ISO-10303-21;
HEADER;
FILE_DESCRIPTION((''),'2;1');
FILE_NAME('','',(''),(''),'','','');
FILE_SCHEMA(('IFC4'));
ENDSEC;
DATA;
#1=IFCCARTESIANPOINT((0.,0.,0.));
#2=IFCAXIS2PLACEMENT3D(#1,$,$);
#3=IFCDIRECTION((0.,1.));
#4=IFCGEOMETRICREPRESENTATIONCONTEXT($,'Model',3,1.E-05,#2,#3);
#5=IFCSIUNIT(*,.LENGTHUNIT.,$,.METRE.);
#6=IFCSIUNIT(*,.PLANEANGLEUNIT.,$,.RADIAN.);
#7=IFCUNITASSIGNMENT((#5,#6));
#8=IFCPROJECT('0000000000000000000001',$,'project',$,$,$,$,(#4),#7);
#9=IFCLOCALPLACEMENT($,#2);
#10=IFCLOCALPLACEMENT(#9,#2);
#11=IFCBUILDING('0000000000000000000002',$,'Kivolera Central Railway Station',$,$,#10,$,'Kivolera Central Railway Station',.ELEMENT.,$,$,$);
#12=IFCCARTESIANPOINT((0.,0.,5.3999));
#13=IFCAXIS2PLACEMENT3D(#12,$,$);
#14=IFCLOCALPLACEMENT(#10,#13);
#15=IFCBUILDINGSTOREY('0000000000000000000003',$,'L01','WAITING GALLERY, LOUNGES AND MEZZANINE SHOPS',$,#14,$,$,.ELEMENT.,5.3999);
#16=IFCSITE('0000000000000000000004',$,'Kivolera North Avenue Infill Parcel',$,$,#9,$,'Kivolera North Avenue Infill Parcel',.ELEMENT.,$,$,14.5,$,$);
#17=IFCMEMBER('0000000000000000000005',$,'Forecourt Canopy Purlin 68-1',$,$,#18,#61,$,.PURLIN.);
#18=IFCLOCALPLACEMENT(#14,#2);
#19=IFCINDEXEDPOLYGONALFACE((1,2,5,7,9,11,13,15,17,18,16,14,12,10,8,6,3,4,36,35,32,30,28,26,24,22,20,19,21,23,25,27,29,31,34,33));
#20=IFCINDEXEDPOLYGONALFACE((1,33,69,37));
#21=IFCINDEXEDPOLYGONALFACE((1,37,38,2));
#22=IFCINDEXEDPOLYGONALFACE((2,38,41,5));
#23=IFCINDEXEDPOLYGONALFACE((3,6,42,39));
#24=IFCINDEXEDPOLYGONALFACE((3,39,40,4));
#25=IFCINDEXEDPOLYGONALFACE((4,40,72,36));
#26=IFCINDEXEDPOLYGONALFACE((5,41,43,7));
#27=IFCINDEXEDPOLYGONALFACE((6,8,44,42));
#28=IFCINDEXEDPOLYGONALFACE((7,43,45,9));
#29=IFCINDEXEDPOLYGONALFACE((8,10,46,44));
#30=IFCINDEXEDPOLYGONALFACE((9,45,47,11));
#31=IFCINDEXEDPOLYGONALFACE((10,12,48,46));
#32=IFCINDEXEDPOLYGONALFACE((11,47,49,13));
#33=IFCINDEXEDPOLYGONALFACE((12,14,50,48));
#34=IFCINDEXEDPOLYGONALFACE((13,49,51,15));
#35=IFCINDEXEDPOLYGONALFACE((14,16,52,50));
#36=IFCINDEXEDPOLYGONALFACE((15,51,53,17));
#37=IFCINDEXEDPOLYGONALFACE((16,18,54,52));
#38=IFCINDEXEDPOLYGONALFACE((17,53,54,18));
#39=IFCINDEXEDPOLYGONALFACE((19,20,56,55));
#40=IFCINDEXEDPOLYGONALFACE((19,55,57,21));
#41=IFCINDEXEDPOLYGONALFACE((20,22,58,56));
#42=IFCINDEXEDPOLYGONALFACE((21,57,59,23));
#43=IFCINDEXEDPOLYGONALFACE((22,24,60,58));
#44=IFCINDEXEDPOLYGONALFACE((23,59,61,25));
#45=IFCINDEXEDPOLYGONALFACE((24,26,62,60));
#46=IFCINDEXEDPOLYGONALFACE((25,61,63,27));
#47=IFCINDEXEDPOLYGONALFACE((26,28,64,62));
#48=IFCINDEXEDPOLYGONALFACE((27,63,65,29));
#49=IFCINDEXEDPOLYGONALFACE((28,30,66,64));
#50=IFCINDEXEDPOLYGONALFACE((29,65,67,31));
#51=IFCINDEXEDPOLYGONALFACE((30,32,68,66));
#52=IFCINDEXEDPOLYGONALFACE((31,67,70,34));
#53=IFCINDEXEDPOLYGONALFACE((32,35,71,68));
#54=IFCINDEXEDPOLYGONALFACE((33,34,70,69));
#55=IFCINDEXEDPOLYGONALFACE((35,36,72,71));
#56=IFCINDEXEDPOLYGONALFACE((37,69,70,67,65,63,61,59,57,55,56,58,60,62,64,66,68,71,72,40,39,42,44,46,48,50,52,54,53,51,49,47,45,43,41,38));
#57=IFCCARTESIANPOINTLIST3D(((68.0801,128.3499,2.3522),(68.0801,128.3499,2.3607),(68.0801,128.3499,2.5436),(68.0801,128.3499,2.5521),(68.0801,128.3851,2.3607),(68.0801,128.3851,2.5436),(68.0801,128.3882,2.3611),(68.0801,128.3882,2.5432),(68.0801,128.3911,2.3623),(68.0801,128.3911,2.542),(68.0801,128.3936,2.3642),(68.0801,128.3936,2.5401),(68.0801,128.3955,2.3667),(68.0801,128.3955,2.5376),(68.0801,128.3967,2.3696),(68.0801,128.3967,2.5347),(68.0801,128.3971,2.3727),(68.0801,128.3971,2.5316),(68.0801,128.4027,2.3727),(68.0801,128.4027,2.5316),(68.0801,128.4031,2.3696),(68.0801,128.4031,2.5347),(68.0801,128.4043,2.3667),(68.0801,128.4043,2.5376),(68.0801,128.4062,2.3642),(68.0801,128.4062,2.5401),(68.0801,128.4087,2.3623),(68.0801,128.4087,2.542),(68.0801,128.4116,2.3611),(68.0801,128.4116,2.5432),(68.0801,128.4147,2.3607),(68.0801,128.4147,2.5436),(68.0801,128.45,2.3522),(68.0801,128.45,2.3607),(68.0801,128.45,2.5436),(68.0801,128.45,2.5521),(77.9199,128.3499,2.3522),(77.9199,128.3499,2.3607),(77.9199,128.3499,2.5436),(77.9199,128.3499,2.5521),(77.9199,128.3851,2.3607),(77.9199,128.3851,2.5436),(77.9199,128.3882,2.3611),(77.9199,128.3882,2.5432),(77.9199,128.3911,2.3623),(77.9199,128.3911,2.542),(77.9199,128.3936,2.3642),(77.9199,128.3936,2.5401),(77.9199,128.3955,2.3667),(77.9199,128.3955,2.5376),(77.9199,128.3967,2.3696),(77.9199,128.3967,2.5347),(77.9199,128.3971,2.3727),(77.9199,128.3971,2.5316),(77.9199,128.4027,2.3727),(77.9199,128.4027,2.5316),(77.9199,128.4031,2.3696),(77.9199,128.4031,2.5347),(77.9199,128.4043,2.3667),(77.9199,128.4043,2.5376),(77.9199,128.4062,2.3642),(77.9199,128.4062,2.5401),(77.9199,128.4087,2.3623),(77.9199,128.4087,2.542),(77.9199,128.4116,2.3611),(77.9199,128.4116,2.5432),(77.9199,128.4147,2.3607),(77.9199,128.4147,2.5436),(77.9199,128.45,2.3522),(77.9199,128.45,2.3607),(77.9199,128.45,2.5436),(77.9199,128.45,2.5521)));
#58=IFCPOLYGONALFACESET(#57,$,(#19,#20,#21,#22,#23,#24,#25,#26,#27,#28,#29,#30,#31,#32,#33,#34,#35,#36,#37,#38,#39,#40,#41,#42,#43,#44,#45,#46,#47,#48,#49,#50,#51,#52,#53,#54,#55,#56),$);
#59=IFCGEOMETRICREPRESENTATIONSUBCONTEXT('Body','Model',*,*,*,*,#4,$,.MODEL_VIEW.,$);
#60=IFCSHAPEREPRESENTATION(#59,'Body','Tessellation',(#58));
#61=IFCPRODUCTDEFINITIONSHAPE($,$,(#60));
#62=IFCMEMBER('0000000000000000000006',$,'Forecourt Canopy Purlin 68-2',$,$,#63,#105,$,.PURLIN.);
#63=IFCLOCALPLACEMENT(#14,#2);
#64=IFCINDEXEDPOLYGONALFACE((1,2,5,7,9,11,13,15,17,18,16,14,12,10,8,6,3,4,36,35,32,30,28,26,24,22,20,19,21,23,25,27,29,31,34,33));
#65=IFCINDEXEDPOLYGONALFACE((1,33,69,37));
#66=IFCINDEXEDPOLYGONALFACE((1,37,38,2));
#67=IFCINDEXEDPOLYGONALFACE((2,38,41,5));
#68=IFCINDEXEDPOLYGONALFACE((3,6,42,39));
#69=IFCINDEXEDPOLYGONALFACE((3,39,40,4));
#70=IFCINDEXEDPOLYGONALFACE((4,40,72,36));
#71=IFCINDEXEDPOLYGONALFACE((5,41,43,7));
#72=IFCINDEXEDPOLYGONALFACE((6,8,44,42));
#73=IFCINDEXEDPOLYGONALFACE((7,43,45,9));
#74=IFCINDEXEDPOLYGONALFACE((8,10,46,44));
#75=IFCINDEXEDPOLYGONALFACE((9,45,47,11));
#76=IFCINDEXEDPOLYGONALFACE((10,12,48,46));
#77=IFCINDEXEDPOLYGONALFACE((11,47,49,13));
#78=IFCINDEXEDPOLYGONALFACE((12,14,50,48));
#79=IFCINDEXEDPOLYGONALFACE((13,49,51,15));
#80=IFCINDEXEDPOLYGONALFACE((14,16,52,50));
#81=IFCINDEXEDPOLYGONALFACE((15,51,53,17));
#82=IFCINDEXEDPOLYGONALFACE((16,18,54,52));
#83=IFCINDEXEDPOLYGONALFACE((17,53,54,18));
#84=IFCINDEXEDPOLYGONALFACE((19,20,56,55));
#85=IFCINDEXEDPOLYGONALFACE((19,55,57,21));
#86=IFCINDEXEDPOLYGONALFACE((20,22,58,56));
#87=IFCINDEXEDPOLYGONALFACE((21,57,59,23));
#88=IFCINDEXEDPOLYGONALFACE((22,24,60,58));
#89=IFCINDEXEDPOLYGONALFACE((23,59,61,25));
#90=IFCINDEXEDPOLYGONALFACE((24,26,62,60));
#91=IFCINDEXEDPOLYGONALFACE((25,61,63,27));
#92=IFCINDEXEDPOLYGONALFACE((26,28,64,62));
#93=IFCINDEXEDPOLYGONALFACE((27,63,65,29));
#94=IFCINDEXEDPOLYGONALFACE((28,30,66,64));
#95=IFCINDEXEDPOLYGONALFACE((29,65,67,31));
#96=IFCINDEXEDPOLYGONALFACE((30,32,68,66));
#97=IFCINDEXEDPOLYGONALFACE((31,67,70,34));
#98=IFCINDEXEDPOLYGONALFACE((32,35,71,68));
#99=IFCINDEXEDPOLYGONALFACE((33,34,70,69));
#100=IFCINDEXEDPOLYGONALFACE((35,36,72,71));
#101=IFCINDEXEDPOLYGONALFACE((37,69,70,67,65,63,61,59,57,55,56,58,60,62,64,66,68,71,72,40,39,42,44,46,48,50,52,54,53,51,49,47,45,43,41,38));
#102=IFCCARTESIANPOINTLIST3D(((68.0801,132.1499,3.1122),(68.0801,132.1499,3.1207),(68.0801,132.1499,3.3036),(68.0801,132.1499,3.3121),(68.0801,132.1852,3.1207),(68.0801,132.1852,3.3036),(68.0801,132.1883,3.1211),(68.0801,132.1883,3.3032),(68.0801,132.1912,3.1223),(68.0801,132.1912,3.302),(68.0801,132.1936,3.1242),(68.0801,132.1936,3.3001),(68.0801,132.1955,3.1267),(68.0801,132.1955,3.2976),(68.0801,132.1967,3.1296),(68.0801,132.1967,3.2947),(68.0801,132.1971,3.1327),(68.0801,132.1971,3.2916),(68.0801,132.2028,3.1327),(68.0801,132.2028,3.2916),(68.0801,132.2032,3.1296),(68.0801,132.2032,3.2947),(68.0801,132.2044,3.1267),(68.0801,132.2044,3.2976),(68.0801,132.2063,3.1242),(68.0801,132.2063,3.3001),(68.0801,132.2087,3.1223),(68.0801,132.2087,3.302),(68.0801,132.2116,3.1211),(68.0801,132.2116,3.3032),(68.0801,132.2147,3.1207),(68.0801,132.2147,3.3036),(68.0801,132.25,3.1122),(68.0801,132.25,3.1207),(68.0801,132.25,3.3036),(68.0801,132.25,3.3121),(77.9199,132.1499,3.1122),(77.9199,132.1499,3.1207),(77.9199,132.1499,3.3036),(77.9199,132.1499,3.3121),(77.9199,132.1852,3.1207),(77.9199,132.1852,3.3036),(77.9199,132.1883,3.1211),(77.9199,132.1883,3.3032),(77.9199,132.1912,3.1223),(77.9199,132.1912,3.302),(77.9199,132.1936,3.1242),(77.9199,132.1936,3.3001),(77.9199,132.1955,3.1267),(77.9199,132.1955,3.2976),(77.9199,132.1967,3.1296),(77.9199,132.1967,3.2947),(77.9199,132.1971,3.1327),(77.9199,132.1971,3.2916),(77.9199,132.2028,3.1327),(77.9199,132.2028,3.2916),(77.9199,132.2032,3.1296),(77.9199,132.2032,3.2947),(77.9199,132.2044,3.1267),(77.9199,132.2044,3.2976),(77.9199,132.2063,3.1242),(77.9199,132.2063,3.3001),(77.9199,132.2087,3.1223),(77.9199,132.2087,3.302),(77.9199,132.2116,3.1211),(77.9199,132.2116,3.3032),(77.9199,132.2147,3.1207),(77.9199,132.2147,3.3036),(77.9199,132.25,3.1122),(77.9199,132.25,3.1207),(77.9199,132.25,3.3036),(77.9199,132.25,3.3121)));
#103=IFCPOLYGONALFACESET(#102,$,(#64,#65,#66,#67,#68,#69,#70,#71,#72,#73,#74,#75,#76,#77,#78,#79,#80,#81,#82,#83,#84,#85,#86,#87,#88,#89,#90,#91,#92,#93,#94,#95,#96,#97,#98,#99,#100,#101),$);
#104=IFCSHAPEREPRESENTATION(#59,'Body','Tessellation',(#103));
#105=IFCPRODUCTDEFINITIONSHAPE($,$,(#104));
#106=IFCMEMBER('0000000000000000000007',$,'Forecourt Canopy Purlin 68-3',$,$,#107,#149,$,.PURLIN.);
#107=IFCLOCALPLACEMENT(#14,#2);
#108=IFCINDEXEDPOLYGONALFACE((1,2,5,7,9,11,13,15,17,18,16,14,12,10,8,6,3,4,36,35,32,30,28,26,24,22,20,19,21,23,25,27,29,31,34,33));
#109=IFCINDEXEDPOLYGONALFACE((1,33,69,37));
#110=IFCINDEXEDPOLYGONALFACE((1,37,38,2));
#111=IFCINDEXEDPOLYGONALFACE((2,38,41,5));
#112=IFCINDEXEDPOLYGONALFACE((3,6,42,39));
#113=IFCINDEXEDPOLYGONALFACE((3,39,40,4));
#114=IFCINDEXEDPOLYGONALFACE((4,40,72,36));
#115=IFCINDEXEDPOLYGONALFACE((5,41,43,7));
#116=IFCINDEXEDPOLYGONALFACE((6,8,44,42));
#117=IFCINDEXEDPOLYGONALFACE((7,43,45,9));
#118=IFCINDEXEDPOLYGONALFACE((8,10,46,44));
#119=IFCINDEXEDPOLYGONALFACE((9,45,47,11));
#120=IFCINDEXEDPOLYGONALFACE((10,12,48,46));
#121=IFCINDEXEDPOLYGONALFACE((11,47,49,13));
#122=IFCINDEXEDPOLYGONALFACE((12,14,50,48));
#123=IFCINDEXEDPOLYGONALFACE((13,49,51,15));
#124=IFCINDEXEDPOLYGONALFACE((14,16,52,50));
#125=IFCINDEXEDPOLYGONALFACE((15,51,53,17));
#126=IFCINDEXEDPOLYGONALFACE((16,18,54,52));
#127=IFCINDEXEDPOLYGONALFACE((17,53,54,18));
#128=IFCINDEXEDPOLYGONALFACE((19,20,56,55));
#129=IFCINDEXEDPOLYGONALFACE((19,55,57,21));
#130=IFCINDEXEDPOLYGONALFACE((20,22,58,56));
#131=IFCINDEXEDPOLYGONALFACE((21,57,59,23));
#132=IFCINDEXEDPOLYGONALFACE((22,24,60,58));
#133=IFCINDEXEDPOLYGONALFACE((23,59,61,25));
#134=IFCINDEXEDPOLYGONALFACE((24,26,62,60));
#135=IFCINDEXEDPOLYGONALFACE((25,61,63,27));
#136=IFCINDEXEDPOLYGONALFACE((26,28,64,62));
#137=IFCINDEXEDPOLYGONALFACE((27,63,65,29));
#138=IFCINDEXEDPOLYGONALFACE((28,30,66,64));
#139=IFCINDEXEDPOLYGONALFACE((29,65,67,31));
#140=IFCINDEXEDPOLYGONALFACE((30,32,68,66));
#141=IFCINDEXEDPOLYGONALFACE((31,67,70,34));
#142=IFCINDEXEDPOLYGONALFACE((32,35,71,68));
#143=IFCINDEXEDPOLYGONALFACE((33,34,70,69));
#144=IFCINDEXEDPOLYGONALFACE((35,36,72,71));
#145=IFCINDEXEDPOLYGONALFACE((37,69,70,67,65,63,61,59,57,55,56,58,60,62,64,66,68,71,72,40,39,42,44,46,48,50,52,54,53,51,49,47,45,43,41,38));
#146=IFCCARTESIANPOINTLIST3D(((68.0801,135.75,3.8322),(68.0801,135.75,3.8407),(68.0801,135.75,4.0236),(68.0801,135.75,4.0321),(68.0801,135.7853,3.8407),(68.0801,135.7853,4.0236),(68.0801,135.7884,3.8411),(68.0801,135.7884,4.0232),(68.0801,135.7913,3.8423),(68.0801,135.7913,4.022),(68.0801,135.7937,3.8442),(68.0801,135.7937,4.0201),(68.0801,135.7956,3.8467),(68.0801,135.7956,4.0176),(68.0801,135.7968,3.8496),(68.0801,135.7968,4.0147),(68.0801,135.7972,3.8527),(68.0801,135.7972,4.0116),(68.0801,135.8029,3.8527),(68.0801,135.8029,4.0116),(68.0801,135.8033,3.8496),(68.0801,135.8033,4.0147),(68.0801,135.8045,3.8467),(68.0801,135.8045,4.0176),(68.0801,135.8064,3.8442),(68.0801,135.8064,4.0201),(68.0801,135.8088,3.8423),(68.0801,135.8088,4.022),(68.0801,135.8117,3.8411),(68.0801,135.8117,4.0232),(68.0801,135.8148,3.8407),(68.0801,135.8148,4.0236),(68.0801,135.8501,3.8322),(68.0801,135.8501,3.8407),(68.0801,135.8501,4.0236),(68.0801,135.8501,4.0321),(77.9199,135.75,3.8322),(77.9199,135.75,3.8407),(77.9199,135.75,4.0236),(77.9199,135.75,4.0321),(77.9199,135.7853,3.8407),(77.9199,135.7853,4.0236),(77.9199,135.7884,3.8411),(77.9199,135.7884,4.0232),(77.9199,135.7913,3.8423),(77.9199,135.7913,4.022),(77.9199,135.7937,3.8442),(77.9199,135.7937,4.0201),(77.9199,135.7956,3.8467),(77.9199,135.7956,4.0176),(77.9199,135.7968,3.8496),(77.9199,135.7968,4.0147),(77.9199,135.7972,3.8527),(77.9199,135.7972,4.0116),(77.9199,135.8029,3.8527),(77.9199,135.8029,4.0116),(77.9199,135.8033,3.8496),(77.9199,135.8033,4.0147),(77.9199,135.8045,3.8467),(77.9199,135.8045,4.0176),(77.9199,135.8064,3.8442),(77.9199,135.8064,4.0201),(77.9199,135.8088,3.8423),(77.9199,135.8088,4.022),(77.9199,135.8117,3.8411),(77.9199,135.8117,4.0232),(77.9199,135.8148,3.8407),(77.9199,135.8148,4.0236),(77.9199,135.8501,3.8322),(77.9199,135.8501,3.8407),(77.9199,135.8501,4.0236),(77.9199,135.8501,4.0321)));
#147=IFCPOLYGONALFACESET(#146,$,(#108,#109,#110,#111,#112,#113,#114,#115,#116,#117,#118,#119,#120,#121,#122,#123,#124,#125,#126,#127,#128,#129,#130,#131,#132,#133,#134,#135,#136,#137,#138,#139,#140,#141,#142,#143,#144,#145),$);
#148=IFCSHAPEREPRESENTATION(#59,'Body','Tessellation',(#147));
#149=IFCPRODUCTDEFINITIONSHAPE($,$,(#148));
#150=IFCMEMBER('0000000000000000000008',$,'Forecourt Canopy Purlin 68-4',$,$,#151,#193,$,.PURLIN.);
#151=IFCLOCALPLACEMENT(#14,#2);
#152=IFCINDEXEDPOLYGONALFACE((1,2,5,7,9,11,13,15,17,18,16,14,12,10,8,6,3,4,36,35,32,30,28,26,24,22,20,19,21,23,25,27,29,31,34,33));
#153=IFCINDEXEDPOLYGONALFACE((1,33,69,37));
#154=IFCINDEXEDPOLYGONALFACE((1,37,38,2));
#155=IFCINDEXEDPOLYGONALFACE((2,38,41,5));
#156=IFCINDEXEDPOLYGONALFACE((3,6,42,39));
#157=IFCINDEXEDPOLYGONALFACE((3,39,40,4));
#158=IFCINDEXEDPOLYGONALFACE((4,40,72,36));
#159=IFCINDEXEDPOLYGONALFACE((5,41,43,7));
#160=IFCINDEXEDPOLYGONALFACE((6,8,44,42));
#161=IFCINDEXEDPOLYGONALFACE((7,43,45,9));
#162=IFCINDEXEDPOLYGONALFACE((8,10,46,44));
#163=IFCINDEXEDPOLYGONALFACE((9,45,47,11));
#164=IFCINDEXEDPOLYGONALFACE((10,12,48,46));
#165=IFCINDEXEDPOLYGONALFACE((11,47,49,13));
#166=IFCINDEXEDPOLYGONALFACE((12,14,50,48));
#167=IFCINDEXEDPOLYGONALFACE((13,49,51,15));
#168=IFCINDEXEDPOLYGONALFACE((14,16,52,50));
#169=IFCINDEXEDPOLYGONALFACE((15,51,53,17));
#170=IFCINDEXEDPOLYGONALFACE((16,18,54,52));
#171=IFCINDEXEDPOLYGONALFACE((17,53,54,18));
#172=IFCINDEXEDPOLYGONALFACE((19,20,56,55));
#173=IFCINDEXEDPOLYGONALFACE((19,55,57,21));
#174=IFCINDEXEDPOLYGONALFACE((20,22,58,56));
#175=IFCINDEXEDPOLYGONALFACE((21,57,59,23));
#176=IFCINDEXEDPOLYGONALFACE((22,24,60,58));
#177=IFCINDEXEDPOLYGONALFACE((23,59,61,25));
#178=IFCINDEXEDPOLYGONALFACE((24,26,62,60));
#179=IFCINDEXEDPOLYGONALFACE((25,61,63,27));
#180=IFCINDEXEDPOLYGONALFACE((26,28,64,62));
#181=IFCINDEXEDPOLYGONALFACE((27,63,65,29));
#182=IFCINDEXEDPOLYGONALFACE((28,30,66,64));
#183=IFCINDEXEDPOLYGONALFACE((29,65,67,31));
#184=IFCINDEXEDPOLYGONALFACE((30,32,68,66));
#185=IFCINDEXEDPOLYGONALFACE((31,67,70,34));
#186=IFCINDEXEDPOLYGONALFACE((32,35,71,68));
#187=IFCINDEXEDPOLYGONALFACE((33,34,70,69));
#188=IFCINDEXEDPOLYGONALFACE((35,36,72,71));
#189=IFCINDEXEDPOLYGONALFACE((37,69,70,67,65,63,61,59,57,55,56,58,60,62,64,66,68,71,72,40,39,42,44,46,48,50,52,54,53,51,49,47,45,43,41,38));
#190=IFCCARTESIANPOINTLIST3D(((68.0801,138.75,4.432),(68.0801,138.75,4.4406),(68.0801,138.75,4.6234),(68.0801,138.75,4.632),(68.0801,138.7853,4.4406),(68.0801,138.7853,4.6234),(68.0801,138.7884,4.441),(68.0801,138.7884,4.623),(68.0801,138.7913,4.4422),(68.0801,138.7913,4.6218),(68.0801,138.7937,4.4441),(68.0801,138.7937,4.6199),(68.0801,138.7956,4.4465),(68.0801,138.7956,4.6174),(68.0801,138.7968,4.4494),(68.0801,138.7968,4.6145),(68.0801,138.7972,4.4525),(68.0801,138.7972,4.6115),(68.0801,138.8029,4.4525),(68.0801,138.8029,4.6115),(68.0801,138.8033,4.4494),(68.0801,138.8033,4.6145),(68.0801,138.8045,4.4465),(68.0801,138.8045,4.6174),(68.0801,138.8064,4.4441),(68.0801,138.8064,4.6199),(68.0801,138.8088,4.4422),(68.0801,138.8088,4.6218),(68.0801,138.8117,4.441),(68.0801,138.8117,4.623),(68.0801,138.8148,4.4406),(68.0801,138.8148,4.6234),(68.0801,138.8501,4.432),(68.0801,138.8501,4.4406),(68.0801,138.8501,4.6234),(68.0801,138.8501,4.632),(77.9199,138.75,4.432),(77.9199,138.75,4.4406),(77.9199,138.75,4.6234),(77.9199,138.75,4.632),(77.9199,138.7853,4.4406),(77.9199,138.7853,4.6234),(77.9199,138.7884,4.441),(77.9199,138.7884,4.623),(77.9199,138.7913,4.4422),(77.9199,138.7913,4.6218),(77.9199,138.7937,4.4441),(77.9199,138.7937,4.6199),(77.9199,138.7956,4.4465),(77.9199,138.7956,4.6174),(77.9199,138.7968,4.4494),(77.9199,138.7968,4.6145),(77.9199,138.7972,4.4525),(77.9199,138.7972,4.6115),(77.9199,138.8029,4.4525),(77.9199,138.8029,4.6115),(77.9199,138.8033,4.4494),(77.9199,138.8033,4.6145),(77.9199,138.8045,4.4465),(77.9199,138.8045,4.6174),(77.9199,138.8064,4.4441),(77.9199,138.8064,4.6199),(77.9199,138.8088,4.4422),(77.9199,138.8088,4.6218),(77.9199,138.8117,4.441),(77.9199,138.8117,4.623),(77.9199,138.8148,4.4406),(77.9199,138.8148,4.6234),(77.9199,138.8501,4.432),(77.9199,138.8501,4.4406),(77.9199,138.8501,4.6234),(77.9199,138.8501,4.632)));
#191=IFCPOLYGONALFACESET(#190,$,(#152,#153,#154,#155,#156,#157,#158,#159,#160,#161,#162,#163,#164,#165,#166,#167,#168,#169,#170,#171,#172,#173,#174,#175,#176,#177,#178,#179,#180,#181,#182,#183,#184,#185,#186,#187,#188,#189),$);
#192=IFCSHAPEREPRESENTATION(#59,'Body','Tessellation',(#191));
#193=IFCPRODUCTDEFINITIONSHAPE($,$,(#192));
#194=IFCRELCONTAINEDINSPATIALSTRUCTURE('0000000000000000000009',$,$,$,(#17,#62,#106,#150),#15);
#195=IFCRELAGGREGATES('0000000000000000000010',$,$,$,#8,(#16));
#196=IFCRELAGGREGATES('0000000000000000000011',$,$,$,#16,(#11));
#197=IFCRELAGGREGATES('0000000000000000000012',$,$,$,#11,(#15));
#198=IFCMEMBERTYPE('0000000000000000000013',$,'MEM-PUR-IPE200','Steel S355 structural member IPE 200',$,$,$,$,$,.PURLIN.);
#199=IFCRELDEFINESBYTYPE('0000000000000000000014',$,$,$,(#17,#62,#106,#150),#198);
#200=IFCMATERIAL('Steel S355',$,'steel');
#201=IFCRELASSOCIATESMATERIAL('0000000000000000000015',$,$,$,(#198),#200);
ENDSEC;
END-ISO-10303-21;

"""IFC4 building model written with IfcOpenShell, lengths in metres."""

from ifc_helpers import new_model, si_unit, direction, frame, origin, origin_2d, place, context, subcontext, project, spatial, i_section, extrude, material, material_profile, profile_set, type_object, element, save


model = new_model("IFC4")

# Units and contexts
model_context = context("Model", 3, precision=1e-05, world=origin(), true_north=direction((0.0, 1.0)))
body_context = subcontext(model_context, "Body", "Model", "MODEL_VIEW")
ifc_project = project(units=[si_unit("LENGTHUNIT", "METRE"), si_unit("PLANEANGLEUNIT", "RADIAN")], contexts=[model_context])

# Site, building, storey
site_placement = place(None, origin())
site = spatial("IfcSite", under=ifc_project, at=site_placement, Name="Kivolera North Avenue Infill Parcel", LongName="Kivolera North Avenue Infill Parcel", CompositionType="ELEMENT", RefElevation=14.5)
building_placement = place(site_placement, origin())
building = spatial("IfcBuilding", under=site, at=building_placement, Name="Kivolera Central Railway Station", LongName="Kivolera Central Railway Station", CompositionType="ELEMENT")
storey_placement = place(building_placement, frame((0.0, 0.0, 5.3999)))
storey = spatial("IfcBuildingStorey", under=building, at=storey_placement, Name="L01", Description="WAITING GALLERY, LOUNGES AND MEZZANINE SHOPS", CompositionType="ELEMENT", Elevation=5.3999)

# Shared definitions
ifc_material_1 = material(Name="Steel S355", Category="steel")

# Members
ifc_material_profile_1 = material_profile(ifc_material_1, i_section(OverallWidth=0.1001, OverallDepth=0.2, WebThickness=0.0056, FlangeThickness=0.0085, FilletRadius=0.012, at=origin_2d()), Name="IPE 200")
ifc_profile_set_1 = profile_set([ifc_material_profile_1], Name="Steel S355")
member_type_1 = type_object("IfcMemberType", Name="MEM-PUR-IPE200", Description="Steel S355 structural member IPE 200", PredefinedType="PURLIN", material=ifc_profile_set_1)
for number, where, z_axis, x_axis, name in (
    (1, (68.0801, 128.3999, 2.4521), (1.0, 0.0, 0.0), (0.0, 1.0, 0.0), "Forecourt Canopy Purlin 68-1"),
    (2, (68.0801, 132.2, 3.2122), (1.0, 0.0, 0.0), (0.0, 1.0, 0.0), "Forecourt Canopy Purlin 68-2"),
    (3, (68.0801, 135.8, 3.9321), (1.0, 0.0, 0.0), (0.0, 1.0, 0.0), "Forecourt Canopy Purlin 68-3"),
    (4, (68.0801, 138.8, 4.532), (1.0, 0.0, 0.0), (0.0, 1.0, 0.0), "Forecourt Canopy Purlin 68-4"),
):
    element("IfcMember", number, at=place(storey_placement, frame(where, z_axis=z_axis, x_axis=x_axis)), inside=storey, type_object=member_type_1, Name=name, PredefinedType="PURLIN", context=body_context, shape_type="SweptSolid", body=[
        extrude(i_section(OverallWidth=0.1001, OverallDepth=0.2, WebThickness=0.0056, FlangeThickness=0.0085, FilletRadius=0.012, at=origin_2d()), origin(), (0.0, 0.0, 1.0), 9.8398),
    ])

save(model, "model.ifc")
